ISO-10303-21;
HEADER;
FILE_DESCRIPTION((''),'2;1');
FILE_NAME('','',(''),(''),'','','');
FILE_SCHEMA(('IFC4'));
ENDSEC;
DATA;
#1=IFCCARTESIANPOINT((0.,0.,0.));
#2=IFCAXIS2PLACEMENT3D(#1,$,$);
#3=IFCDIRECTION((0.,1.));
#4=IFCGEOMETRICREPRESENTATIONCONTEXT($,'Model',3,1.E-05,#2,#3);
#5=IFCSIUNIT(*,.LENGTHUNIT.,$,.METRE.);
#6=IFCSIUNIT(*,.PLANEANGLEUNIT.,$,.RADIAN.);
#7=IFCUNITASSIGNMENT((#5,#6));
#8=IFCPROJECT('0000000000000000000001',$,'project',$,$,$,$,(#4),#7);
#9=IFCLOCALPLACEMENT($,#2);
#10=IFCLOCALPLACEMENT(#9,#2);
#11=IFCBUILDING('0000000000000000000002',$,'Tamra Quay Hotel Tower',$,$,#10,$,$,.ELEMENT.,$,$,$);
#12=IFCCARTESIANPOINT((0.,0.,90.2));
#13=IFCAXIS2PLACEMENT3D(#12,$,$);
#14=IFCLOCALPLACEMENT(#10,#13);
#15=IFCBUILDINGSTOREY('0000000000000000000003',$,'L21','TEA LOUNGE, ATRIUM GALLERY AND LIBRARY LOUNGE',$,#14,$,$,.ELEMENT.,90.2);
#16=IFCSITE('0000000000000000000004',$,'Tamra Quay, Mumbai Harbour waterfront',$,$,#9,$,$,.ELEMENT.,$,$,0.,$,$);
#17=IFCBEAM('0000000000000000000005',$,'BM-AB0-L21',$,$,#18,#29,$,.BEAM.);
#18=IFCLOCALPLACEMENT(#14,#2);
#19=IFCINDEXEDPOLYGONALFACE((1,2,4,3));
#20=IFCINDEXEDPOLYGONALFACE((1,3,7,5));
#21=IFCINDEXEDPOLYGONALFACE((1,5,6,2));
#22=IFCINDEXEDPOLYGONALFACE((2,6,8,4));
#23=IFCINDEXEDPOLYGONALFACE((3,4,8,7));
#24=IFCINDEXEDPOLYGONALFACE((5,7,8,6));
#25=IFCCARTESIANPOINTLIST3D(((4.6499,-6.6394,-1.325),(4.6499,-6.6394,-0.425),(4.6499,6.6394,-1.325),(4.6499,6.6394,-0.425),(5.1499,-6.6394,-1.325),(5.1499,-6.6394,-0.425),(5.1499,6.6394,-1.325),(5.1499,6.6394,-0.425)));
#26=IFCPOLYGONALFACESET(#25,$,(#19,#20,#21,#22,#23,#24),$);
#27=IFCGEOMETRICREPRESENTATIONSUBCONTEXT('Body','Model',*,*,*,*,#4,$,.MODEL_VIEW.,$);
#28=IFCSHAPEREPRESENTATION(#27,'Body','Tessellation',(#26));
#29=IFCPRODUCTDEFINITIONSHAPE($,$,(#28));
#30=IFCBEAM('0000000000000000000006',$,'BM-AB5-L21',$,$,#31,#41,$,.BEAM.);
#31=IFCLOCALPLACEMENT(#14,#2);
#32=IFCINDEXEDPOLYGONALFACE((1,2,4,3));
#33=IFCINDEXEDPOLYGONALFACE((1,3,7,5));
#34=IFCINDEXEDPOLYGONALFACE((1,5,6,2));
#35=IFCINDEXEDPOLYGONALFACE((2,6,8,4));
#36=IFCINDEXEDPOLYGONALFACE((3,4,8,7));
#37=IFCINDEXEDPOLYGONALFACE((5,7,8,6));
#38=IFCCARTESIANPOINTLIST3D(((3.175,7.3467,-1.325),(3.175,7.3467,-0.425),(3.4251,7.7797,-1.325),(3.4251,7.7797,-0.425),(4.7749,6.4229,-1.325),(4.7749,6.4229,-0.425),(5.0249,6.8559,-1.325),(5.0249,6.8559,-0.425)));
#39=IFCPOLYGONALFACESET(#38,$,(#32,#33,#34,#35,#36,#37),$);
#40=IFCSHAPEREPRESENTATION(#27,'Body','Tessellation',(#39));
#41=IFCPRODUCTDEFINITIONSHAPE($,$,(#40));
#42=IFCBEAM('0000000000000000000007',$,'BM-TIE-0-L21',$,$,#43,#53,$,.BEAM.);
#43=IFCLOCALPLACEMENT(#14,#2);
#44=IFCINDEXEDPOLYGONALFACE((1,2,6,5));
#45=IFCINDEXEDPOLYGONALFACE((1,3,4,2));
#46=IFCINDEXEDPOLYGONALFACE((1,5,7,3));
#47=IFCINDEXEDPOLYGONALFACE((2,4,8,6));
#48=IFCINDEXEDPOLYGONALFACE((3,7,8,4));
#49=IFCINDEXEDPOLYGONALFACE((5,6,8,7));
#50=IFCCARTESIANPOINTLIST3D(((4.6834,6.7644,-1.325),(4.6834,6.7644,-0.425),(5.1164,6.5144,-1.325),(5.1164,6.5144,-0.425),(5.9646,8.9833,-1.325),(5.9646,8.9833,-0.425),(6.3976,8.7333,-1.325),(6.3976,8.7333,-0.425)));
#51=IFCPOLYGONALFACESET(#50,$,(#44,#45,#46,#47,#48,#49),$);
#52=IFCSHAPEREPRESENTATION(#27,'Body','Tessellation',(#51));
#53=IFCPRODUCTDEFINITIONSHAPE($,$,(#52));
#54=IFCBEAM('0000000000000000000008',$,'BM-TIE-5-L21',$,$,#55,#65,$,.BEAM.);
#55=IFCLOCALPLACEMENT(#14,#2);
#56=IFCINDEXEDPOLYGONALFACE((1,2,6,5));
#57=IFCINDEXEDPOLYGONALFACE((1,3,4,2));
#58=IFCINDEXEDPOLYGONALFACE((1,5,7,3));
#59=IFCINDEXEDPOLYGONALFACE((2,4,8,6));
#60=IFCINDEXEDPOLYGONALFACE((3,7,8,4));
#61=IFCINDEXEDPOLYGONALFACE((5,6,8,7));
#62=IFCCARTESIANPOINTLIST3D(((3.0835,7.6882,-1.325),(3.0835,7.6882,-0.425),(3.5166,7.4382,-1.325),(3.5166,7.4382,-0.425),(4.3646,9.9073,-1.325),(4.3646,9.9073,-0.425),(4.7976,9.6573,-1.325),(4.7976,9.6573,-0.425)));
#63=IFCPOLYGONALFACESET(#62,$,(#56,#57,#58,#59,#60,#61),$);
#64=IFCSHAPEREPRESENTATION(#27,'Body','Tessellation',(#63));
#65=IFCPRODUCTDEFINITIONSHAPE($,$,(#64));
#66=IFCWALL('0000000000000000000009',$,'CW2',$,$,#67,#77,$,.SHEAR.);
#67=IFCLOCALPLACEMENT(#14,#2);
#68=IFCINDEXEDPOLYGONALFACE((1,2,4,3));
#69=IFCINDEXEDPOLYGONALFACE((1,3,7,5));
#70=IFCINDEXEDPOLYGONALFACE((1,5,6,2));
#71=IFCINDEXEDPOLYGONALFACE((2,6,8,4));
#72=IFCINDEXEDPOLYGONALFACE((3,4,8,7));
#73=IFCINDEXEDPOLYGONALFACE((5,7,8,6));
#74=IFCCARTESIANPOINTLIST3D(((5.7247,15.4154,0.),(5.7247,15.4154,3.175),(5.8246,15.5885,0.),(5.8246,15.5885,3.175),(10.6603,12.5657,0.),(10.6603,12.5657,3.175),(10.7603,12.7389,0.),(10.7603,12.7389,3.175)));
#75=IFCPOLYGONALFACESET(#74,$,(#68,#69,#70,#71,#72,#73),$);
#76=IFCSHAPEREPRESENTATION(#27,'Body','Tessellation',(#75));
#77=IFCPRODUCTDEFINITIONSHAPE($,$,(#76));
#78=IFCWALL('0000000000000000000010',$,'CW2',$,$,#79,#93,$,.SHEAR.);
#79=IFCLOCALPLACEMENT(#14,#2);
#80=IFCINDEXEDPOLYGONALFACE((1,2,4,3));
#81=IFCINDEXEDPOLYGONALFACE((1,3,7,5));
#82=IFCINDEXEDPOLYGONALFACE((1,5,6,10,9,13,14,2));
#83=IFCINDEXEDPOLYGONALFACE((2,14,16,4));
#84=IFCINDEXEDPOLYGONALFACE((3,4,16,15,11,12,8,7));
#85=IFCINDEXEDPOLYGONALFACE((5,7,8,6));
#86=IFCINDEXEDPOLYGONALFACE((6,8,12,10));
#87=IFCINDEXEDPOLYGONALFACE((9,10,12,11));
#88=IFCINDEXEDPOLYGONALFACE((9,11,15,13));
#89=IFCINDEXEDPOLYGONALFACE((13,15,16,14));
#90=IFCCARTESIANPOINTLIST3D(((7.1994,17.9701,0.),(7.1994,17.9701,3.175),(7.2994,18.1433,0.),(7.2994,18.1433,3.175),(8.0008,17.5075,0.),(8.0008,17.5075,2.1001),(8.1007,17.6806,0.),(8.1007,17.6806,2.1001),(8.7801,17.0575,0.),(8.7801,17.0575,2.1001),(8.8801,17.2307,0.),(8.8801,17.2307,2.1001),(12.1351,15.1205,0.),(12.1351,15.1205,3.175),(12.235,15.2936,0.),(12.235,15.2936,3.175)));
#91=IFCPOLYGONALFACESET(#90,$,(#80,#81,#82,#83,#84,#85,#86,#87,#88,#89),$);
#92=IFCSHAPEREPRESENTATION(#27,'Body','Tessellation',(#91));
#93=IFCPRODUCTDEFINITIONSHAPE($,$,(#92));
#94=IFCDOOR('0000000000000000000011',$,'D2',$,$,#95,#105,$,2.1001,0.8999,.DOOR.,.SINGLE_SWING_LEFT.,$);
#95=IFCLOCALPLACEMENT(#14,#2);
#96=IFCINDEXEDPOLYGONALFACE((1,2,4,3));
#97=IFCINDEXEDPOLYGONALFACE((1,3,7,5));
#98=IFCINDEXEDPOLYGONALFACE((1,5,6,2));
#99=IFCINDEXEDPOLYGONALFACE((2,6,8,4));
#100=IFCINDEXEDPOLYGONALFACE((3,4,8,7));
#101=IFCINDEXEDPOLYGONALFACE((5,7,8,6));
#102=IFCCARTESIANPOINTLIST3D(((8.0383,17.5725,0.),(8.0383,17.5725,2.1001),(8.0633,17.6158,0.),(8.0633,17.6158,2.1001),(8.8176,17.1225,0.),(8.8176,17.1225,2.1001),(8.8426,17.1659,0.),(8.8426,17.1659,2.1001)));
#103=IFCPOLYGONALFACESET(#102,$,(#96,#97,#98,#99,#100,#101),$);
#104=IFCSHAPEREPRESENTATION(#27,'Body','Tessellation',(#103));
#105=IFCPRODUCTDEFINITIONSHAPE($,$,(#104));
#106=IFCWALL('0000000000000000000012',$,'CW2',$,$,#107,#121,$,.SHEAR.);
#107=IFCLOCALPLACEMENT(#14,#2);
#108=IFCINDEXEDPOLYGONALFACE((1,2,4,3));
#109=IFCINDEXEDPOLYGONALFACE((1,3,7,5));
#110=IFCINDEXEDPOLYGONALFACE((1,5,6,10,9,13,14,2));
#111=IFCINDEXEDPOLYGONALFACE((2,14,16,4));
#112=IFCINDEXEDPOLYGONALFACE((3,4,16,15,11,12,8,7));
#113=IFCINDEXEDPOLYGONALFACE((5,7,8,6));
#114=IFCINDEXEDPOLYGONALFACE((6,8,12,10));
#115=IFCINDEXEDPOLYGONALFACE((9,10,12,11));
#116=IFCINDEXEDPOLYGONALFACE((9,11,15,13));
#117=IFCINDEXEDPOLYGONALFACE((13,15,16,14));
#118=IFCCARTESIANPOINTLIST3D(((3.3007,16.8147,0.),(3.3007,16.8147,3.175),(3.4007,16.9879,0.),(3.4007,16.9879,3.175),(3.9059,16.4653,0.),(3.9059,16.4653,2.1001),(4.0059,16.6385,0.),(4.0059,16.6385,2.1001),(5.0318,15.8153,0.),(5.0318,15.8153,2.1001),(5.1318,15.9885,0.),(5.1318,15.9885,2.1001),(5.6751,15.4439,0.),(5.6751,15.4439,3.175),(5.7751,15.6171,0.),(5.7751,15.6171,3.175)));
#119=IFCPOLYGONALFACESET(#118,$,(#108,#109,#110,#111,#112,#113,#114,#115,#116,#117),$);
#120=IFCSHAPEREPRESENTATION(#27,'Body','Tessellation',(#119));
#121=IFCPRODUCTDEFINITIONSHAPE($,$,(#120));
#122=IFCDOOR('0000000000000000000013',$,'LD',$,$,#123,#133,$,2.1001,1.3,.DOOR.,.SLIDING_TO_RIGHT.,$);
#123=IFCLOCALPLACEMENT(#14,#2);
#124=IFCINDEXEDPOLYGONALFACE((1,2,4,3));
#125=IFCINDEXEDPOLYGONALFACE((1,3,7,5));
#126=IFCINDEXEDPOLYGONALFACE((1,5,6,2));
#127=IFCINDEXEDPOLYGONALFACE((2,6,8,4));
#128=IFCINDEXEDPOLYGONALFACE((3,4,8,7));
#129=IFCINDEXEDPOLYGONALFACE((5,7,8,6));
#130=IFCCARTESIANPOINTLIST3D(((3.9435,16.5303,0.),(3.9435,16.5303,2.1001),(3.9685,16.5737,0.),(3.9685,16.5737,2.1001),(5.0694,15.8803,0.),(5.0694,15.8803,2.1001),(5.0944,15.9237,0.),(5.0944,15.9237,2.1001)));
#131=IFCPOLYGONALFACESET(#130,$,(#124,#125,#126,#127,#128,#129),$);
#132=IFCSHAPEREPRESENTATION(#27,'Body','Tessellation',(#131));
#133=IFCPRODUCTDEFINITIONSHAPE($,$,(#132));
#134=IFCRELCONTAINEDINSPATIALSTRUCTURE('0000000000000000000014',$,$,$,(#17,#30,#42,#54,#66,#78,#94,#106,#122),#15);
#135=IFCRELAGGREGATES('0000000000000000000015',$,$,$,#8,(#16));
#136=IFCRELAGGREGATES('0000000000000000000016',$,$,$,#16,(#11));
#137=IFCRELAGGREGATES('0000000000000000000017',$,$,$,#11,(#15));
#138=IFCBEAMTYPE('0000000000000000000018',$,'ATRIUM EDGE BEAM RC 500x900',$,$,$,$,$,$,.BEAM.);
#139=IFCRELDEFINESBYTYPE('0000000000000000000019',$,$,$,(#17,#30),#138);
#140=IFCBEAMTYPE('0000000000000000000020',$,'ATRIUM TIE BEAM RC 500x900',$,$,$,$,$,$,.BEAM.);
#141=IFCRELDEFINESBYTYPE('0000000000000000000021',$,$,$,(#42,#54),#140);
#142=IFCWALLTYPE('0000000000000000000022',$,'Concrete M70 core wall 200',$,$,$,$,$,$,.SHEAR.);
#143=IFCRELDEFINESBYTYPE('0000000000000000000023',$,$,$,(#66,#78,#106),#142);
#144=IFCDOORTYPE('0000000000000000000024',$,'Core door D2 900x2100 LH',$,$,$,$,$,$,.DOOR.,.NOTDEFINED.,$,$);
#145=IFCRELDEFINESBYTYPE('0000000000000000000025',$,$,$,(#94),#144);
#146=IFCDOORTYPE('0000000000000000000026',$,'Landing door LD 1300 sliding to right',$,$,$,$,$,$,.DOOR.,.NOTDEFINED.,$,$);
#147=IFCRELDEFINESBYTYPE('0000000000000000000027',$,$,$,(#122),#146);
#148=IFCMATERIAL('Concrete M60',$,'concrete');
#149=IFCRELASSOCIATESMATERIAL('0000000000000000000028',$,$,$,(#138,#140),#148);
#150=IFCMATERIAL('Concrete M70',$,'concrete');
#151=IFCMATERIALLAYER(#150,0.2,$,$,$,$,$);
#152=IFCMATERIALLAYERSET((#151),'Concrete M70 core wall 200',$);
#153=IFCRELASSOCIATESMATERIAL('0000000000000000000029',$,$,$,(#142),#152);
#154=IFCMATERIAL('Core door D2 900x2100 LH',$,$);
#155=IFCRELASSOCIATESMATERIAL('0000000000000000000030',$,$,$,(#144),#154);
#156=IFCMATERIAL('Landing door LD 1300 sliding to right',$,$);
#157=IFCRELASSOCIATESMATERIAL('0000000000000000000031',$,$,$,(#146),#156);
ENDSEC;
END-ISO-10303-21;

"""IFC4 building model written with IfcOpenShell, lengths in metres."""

from ifc_helpers import new_model, si_unit, direction, frame, frame_2d, origin, origin_2d, place, context, subcontext, project, spatial, rectangle, extrude, material, layer, layer_set, material_profile, profile_set, type_object, element, fill, save


model = new_model("IFC4")

# Units and contexts
model_context = context("Model", 3, precision=1e-05, world=origin(), true_north=direction((0.0, 1.0)))
body_context = subcontext(model_context, "Body", "Model", "MODEL_VIEW")
ifc_project = project(units=[si_unit("LENGTHUNIT", "METRE"), si_unit("PLANEANGLEUNIT", "RADIAN")], contexts=[model_context])

# Site, building, storey
site_placement = place(None, origin())
site = spatial("IfcSite", under=ifc_project, at=site_placement, Name="Tamra Quay, Mumbai Harbour waterfront", CompositionType="ELEMENT", RefElevation=0.0)
building_placement = place(site_placement, origin())
building = spatial("IfcBuilding", under=site, at=building_placement, Name="Tamra Quay Hotel Tower", CompositionType="ELEMENT")
storey_placement = place(building_placement, frame((0.0, 0.0, 90.2)))
storey = spatial("IfcBuildingStorey", under=building, at=storey_placement, Name="L21", Description="TEA LOUNGE, ATRIUM GALLERY AND LIBRARY LOUNGE", CompositionType="ELEMENT", Elevation=90.2)

# Beams
ifc_material_1 = material(Name="Concrete M60", Category="concrete")
ifc_material_profile_1 = material_profile(ifc_material_1, rectangle(XDim=0.5, YDim=0.8999, at=origin_2d()), Name="ATRIUM EDGE BEAM RC 500x900")
ifc_profile_set_1 = profile_set([ifc_material_profile_1], Name="Concrete M60")
beam_type_1 = type_object("IfcBeamType", Name="ATRIUM EDGE BEAM RC 500x900", PredefinedType="BEAM", material=ifc_profile_set_1)
beam_1_placement = place(storey_placement, frame((4.8999, 6.6394, -0.875), z_axis=(0.0, -1.0, 0.0), x_axis=(1.0, 0.0, 0.0)))
element("IfcBeam", 1, at=beam_1_placement, inside=storey, type_object=beam_type_1, Name="BM-AB0-L21", PredefinedType="BEAM", context=body_context, shape_type="SweptSolid", body=[
    extrude(rectangle(XDim=0.5, YDim=0.8999, at=origin_2d()), origin(), (0.0, 0.0, 1.0), 13.2788),
])
beam_2_placement = place(storey_placement, frame((3.3, 7.5632, -0.875), z_axis=(0.86599, -0.500062, 0.0), x_axis=(0.500062, 0.86599, 0.0)))
element("IfcBeam", 2, at=beam_2_placement, inside=storey, type_object=beam_type_1, Name="BM-AB5-L21", PredefinedType="BEAM", context=body_context, shape_type="SweptSolid", body=[
    extrude(rectangle(XDim=0.5, YDim=0.8999, at=origin_2d()), origin(), (0.0, 0.0, 1.0), 1.8474),
])
ifc_material_profile_2 = material_profile(ifc_material_1, rectangle(XDim=0.5, YDim=0.8999, at=origin_2d()), Name="ATRIUM TIE BEAM RC 500x900")
ifc_profile_set_2 = profile_set([ifc_material_profile_2], Name="Concrete M60")
beam_type_2 = type_object("IfcBeamType", Name="ATRIUM TIE BEAM RC 500x900", PredefinedType="BEAM", material=ifc_profile_set_2)
for number, where, z_axis, x_axis, name in (
    (3, (4.8999, 6.6394, -0.875), (0.500033, 0.866006, 0.0), (-0.866006, 0.500033, 0.0), "BM-TIE-0-L21"),
    (4, (3.3, 7.5632, -0.875), (0.499962, 0.866048, 0.0), (-0.866048, 0.499962, 0.0), "BM-TIE-5-L21"),
):
    element("IfcBeam", number, at=place(storey_placement, frame(where, z_axis=z_axis, x_axis=x_axis)), inside=storey, type_object=beam_type_2, Name=name, PredefinedType="BEAM", context=body_context, shape_type="SweptSolid", body=[
        extrude(rectangle(XDim=0.5, YDim=0.8999, at=origin_2d()), origin(), (0.0, 0.0, 1.0), 2.5623),
    ])

# Wall
ifc_material_2 = material(Name="Concrete M70", Category="concrete")
ifc_layer_1 = layer(ifc_material_2, 0.2)
ifc_layer_set_1 = layer_set([ifc_layer_1], Name="Concrete M70 core wall 200")
wall_type_1 = type_object("IfcWallType", Name="Concrete M70 core wall 200", PredefinedType="SHEAR", material=ifc_layer_set_1)
wall_1_placement = place(storey_placement, frame((5.7747, 15.502, 0.0), z_axis=(0.0, 0.0, 1.0), x_axis=(0.86602, -0.500009, 0.0)))
element("IfcWall", 5, at=wall_1_placement, inside=storey, type_object=wall_type_1, Name="CW2", PredefinedType="SHEAR", context=body_context, shape_type="SweptSolid", body=[
    extrude(rectangle(XDim=5.6992, YDim=0.2, at=frame_2d((2.8496, 0.0))), origin(), (0.0, 0.0, 1.0), 3.175),
])

# Walls, openings, doors
wall_2_placement = place(storey_placement, frame((12.1851, 15.207, 0.0), z_axis=(0.0, 0.0, 1.0), x_axis=(-0.86602, 0.500009, 0.0)))
wall_2 = element("IfcWall", 6, at=wall_2_placement, inside=storey, type_object=wall_type_1, Name="CW2", PredefinedType="SHEAR", context=body_context, shape_type="SweptSolid", body=[
    extrude(rectangle(XDim=5.6992, YDim=0.2, at=frame_2d((2.8496, 0.0))), origin(), (0.0, 0.0, 1.0), 3.175),
])
opening_1_placement = place(wall_2_placement, frame((3.874, 0.0, 0.0)))
opening_1 = element("IfcOpeningElement", 7, at=opening_1_placement, cuts=wall_2, PredefinedType="OPENING", context=body_context, shape_type="SweptSolid", body=[
    extrude(rectangle(XDim=0.8999, YDim=2.1001, at=frame_2d((0.45, 1.05))), frame((0.0, 0.1099, 0.0), z_axis=(0.0, -1.0, 0.0), x_axis=(1.0, 0.0, 0.0)), (0.0, 0.0, 1.0), 0.22),
])
ifc_material_3 = material(Name="Core door D2 900x2100 LH")
door_type_1 = type_object("IfcDoorType", Name="Core door D2 900x2100 LH", OperationType="NOTDEFINED", PredefinedType="DOOR", material=ifc_material_3)
door_1_placement = place(opening_1_placement, origin())
door_1 = element("IfcDoor", 8, at=door_1_placement, inside=storey, type_object=door_type_1, Name="D2", OperationType="SINGLE_SWING_LEFT", OverallHeight=2.1001, OverallWidth=0.8999, PredefinedType="DOOR", context=body_context, shape_type="SweptSolid", body=[
    extrude(rectangle(XDim=0.8999, YDim=2.1001, at=frame_2d((0.45, 1.05))), frame((0.0, 0.0249, 0.0), z_axis=(0.0, -1.0, 0.0), x_axis=(1.0, 0.0, 0.0)), (0.0, 0.0, 1.0), 0.05),
])
fill(opening_1, door_1)
wall_3_placement = place(storey_placement, frame((5.7251, 15.5305, 0.0), z_axis=(0.0, 0.0, 1.0), x_axis=(-0.866037, 0.499979, 0.0)))
wall_3 = element("IfcWall", 9, at=wall_3_placement, inside=storey, type_object=wall_type_1, Name="CW2", PredefinedType="SHEAR", context=body_context, shape_type="SweptSolid", body=[
    extrude(rectangle(XDim=2.7417, YDim=0.2, at=frame_2d((1.3708, 0.0))), origin(), (0.0, 0.0, 1.0), 3.175),
])
opening_2_placement = place(wall_3_placement, frame((0.7429, 0.0, 0.0)))
opening_2 = element("IfcOpeningElement", 10, at=opening_2_placement, cuts=wall_3, PredefinedType="OPENING", context=body_context, shape_type="SweptSolid", body=[
    extrude(rectangle(XDim=1.3, YDim=2.1001, at=frame_2d((0.6499, 1.05))), frame((0.0, 0.1099, 0.0), z_axis=(0.0, -1.0, 0.0), x_axis=(1.0, 0.0, 0.0)), (0.0, 0.0, 1.0), 0.22),
])
ifc_material_4 = material(Name="Landing door LD 1300 sliding to right")
door_type_2 = type_object("IfcDoorType", Name="Landing door LD 1300 sliding to right", OperationType="NOTDEFINED", PredefinedType="DOOR", material=ifc_material_4)
door_2_placement = place(opening_2_placement, origin())
door_2 = element("IfcDoor", 11, at=door_2_placement, inside=storey, type_object=door_type_2, Name="LD", OperationType="SLIDING_TO_RIGHT", OverallHeight=2.1001, OverallWidth=1.3, PredefinedType="DOOR", context=body_context, shape_type="SweptSolid", body=[
    extrude(rectangle(XDim=1.3, YDim=2.1001, at=frame_2d((0.6499, 1.05))), frame((0.0, 0.0249, 0.0), z_axis=(0.0, -1.0, 0.0), x_axis=(1.0, 0.0, 0.0)), (0.0, 0.0, 1.0), 0.05),
])
fill(opening_2, door_2)

save(model, "model.ifc")
